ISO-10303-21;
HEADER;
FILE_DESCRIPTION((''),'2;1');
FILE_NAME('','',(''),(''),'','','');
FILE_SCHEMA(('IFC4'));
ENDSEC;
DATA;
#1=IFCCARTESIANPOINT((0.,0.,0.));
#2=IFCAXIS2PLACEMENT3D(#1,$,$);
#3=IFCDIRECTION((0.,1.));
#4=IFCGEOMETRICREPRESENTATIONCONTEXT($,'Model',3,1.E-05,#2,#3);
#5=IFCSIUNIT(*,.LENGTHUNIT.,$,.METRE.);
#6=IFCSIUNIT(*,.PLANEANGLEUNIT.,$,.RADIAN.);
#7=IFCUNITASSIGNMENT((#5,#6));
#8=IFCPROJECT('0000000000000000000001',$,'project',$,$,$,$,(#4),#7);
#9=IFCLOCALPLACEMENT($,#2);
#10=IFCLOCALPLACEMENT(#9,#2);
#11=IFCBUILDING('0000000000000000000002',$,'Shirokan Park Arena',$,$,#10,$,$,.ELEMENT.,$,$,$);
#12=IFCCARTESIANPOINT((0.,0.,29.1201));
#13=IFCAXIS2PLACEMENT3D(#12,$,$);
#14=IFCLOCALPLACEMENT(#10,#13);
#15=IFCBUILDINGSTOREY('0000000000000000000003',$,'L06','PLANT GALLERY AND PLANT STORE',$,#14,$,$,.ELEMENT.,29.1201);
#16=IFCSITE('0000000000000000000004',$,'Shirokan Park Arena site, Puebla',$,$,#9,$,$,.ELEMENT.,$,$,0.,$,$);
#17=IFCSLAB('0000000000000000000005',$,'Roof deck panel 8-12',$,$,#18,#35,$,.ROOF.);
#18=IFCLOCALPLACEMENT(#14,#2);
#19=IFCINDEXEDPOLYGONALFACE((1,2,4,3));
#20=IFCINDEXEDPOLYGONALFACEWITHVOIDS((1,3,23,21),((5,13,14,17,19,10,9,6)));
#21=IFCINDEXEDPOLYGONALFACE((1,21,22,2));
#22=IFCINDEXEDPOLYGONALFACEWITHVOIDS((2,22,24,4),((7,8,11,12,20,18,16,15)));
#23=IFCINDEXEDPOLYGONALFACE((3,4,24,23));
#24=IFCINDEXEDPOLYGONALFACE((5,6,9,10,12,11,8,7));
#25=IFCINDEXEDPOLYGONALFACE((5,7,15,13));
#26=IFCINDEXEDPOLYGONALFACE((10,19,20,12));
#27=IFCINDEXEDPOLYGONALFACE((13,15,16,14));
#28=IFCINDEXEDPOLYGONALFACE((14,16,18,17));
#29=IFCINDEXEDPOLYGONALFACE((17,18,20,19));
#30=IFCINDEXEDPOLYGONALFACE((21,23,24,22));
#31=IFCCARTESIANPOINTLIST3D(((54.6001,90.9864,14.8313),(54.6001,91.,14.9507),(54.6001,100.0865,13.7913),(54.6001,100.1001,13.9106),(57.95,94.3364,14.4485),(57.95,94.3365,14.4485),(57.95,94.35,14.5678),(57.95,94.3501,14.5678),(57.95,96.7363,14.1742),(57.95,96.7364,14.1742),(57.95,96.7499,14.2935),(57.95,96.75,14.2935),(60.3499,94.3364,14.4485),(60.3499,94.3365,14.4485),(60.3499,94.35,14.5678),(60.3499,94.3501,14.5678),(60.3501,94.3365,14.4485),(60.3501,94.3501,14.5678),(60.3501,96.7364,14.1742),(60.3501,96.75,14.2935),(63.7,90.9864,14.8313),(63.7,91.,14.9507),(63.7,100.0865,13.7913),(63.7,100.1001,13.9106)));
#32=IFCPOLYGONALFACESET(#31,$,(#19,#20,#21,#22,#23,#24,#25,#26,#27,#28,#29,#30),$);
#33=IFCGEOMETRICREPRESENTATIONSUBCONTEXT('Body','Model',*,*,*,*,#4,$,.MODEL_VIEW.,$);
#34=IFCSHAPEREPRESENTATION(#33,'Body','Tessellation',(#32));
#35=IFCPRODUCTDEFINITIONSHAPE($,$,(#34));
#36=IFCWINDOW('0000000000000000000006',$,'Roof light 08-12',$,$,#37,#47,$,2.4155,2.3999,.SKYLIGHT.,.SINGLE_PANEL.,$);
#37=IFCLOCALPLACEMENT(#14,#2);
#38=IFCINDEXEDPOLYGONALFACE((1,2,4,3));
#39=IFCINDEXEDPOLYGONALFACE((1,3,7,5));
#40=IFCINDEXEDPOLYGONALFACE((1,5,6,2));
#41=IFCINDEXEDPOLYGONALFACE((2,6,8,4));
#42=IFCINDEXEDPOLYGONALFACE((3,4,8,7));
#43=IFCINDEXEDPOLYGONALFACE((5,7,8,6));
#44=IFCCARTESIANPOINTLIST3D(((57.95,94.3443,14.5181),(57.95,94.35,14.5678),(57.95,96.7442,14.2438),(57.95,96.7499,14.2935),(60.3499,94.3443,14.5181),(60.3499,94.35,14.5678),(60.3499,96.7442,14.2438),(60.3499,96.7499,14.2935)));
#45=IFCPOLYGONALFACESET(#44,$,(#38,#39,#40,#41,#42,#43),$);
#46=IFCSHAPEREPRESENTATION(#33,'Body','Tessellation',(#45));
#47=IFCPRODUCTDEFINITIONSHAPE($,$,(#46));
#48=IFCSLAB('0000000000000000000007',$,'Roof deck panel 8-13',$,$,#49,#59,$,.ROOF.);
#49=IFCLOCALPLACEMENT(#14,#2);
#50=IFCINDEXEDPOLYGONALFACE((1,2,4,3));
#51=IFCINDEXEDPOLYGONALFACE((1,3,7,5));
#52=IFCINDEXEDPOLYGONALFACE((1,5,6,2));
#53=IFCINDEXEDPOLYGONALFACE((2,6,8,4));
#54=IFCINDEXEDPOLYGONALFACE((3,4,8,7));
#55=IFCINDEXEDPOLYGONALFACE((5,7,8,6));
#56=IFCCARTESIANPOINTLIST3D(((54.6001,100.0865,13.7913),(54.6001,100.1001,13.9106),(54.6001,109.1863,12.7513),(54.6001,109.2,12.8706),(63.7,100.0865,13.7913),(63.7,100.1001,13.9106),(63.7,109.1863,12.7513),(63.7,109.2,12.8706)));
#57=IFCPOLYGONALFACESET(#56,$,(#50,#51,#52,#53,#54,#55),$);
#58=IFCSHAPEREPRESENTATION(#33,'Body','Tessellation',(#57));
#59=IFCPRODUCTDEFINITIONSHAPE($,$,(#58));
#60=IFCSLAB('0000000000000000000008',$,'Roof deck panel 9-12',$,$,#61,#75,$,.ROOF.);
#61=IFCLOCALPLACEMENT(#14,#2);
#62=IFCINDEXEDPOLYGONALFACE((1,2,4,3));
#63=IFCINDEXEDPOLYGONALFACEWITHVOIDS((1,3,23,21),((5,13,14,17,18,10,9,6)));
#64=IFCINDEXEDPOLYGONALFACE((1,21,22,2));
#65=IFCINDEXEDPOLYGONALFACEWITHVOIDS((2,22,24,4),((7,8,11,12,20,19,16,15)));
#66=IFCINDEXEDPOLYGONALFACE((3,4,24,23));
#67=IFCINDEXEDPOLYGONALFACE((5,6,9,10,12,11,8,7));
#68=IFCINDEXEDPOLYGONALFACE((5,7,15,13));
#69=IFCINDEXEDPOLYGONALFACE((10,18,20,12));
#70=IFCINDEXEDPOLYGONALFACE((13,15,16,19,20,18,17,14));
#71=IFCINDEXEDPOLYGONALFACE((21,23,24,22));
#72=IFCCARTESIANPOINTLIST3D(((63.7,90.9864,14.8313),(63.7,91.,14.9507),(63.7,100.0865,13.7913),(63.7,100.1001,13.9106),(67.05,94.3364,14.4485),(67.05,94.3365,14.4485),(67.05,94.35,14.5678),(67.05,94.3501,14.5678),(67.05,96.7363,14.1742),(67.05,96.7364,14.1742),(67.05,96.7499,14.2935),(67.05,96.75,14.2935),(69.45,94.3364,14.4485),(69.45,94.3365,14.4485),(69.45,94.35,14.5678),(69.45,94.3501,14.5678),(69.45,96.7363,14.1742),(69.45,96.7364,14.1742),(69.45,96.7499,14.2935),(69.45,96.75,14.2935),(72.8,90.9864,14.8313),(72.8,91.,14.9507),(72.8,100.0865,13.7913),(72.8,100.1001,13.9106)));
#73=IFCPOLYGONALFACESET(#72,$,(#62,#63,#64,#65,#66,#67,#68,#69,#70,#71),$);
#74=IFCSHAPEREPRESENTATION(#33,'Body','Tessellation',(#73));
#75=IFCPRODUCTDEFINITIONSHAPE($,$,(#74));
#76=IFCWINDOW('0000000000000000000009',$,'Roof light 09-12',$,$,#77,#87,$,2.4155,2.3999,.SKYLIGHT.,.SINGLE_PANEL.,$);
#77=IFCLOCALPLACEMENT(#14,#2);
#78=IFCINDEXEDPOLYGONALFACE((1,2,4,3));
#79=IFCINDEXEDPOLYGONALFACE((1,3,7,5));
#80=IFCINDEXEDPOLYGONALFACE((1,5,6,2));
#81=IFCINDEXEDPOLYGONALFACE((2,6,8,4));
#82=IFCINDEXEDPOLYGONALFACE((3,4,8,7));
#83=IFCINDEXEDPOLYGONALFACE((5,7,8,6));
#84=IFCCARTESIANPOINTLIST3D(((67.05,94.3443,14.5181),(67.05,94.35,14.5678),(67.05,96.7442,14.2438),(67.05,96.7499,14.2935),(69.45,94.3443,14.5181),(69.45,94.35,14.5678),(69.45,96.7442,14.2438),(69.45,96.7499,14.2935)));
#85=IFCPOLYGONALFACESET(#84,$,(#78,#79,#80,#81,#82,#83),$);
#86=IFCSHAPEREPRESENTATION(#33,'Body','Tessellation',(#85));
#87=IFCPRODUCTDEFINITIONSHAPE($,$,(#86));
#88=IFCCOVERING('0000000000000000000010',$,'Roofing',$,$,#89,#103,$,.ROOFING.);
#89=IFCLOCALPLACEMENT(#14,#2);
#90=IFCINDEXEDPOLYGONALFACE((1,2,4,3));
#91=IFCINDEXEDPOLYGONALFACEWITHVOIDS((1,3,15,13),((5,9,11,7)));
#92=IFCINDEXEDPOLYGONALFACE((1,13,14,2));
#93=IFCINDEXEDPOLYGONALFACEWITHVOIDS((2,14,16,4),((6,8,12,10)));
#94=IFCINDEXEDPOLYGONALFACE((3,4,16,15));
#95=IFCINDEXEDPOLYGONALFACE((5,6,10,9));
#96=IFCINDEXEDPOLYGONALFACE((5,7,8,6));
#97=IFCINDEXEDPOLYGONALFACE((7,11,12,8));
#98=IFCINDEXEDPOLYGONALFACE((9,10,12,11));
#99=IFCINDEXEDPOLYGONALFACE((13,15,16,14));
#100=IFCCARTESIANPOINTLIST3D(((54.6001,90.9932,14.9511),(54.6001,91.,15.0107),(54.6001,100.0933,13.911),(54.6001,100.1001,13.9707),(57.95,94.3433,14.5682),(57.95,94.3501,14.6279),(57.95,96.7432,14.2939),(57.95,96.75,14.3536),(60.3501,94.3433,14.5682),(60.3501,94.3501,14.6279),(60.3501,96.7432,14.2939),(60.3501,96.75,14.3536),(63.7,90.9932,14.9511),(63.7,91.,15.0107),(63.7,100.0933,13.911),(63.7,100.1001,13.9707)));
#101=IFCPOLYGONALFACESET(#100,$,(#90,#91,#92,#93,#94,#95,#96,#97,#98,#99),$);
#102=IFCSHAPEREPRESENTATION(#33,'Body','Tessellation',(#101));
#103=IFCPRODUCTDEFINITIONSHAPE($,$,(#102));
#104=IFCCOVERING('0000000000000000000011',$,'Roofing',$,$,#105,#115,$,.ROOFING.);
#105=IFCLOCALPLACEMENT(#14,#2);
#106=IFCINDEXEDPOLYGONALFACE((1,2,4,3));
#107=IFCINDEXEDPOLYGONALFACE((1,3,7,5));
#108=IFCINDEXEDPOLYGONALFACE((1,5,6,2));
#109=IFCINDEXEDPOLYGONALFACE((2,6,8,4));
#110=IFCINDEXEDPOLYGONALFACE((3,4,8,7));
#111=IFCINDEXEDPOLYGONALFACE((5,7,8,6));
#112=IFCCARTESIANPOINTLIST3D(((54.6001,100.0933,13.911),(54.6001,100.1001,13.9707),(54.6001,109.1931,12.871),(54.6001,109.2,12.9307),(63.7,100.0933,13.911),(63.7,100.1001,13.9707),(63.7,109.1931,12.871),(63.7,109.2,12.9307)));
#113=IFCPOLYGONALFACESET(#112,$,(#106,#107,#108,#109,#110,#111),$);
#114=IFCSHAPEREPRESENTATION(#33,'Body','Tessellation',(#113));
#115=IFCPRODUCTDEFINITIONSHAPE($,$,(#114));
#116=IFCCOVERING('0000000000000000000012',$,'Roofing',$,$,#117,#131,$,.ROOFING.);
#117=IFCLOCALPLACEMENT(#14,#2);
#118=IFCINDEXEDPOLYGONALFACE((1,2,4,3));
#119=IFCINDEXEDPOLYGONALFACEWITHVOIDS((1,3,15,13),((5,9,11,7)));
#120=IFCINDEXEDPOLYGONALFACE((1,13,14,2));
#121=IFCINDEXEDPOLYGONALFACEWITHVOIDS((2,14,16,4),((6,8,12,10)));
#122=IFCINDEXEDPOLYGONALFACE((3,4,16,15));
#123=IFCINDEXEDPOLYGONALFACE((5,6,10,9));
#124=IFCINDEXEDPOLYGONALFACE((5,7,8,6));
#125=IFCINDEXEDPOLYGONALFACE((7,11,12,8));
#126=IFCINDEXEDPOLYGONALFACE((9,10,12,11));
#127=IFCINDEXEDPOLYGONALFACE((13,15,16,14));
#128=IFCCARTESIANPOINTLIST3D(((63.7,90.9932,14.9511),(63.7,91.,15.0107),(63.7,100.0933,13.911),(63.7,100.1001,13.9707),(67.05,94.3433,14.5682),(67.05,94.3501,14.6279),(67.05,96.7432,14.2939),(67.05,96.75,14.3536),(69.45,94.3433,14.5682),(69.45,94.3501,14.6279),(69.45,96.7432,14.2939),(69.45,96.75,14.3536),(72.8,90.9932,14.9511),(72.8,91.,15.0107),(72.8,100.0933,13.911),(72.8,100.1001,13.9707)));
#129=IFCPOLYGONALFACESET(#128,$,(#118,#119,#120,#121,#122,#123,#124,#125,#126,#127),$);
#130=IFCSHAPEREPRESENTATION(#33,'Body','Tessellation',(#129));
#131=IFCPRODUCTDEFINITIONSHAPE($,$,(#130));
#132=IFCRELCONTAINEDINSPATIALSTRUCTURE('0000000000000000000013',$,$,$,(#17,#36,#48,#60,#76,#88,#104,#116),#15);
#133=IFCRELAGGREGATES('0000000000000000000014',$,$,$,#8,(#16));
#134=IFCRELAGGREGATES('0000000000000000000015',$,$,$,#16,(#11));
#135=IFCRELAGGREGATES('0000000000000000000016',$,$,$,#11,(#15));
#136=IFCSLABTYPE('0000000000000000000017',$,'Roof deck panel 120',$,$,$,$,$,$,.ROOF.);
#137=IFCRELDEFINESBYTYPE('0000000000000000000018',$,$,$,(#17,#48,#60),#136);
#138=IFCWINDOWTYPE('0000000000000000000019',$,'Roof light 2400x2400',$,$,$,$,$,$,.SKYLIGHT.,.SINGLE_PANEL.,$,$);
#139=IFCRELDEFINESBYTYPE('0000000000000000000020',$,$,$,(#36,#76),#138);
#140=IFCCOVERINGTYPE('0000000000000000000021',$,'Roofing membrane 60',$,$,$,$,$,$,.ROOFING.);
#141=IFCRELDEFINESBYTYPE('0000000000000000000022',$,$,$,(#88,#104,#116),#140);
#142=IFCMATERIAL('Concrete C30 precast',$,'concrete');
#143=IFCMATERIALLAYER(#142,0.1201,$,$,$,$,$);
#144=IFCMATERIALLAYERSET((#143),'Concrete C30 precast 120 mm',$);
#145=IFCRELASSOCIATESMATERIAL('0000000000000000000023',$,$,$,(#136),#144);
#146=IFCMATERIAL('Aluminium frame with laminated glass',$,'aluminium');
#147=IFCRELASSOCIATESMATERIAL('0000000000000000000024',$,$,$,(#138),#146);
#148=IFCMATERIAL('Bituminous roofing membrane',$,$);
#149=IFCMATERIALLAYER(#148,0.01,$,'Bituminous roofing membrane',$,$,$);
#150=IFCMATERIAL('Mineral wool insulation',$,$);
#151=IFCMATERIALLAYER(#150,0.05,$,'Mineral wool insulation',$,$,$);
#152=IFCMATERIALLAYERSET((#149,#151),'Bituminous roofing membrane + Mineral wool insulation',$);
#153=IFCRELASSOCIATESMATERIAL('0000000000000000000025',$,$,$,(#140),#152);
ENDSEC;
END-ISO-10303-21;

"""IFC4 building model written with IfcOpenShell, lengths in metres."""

from ifc_helpers import new_model, si_unit, direction, frame, origin, origin_2d, place, context, subcontext, project, spatial, polyline, rectangle, outline, extrude, material, layer, layer_set, type_object, element, fill, save


model = new_model("IFC4")

# Units and contexts
model_context = context("Model", 3, precision=1e-05, world=origin(), true_north=direction((0.0, 1.0)))
body_context = subcontext(model_context, "Body", "Model", "MODEL_VIEW")
ifc_project = project(units=[si_unit("LENGTHUNIT", "METRE"), si_unit("PLANEANGLEUNIT", "RADIAN")], contexts=[model_context])

# Site, building, storey
site_placement = place(None, origin())
site = spatial("IfcSite", under=ifc_project, at=site_placement, Name="Shirokan Park Arena site, Puebla", CompositionType="ELEMENT", RefElevation=0.0)
building_placement = place(site_placement, origin())
building = spatial("IfcBuilding", under=site, at=building_placement, Name="Shirokan Park Arena", CompositionType="ELEMENT")
storey_placement = place(building_placement, frame((0.0, 0.0, 29.1201)))
storey = spatial("IfcBuildingStorey", under=building, at=storey_placement, Name="L06", Description="PLANT GALLERY AND PLANT STORE", CompositionType="ELEMENT", Elevation=29.1201)

# Slab, opening, window
ifc_material_1 = material(Name="Concrete C30 precast", Category="concrete")
ifc_layer_1 = layer(ifc_material_1, 0.1201)
ifc_layer_set_1 = layer_set([ifc_layer_1], Name="Concrete C30 precast 120 mm")
slab_type = type_object("IfcSlabType", Name="Roof deck panel 120", PredefinedType="ROOF", material=ifc_layer_set_1)
slab_1_placement = place(storey_placement, frame((54.6001, 91.0, 14.9507), z_axis=(0.0, 0.11355, 0.993532), x_axis=(1.0, 0.0, 0.0)))
slab_1 = element("IfcSlab", 1, at=slab_1_placement, inside=storey, type_object=slab_type, Name="Roof deck panel 8-12", PredefinedType="ROOF", context=body_context, shape_type="SweptSolid", body=[
    extrude(outline(polyline([(0.0, 0.0), (9.0999, 0.0), (9.0999, 9.1593), (0.0, 9.1593), (0.0, 0.0)]), holes=[polyline([(3.3499, 3.3719), (5.75, 3.3719), (5.75, 5.7874), (3.3499, 5.7874), (3.3499, 3.3719)])]), origin(), (0.0, 0.0, -1.0), 0.1201),
])
opening_1_placement = place(slab_1_placement, frame((4.5498, 4.5796, 0.01)))
opening_1 = element("IfcOpeningElement", 2, at=opening_1_placement, cuts=slab_1, PredefinedType="OPENING", context=body_context, shape_type="SweptSolid", body=[
    extrude(rectangle(XDim=2.3999, YDim=2.4155, at=origin_2d()), origin(), (0.0, 0.0, -1.0), 0.1399),
])
ifc_material_2 = material(Name="Aluminium frame with laminated glass", Category="aluminium")
window_type = type_object("IfcWindowType", Name="Roof light 2400x2400", PartitioningType="SINGLE_PANEL", PredefinedType="SKYLIGHT", material=ifc_material_2)
window_1_placement = place(opening_1_placement, frame((0.0, 0.0, -0.0601)))
window_1 = element("IfcWindow", 3, at=window_1_placement, inside=storey, type_object=window_type, Name="Roof light 08-12", OverallHeight=2.4155, OverallWidth=2.3999, PartitioningType="SINGLE_PANEL", PredefinedType="SKYLIGHT", context=body_context, shape_type="SweptSolid", body=[
    extrude(rectangle(XDim=2.3999, YDim=2.4155, at=origin_2d()), origin(), (0.0, 0.0, 1.0), 0.05),
])
fill(opening_1, window_1)

# Slab
slab_2_placement = place(storey_placement, frame((54.6001, 100.1001, 13.9106), z_axis=(0.0, 0.113553, 0.993532), x_axis=(1.0, 0.0, 0.0)))
element("IfcSlab", 4, at=slab_2_placement, inside=storey, type_object=slab_type, Name="Roof deck panel 8-13", PredefinedType="ROOF", context=body_context, shape_type="SweptSolid", body=[
    extrude(outline(polyline([(0.0, 0.0), (9.0999, 0.0), (9.0999, 9.1591), (0.0, 9.1591), (0.0, 0.0)])), origin(), (0.0, 0.0, -1.0), 0.1201),
])

# Slab, opening, window
slab_3_placement = place(storey_placement, frame((63.7, 91.0, 14.9507), z_axis=(0.0, 0.11355, 0.993532), x_axis=(1.0, 0.0, 0.0)))
slab_3 = element("IfcSlab", 5, at=slab_3_placement, inside=storey, type_object=slab_type, Name="Roof deck panel 9-12", PredefinedType="ROOF", context=body_context, shape_type="SweptSolid", body=[
    extrude(outline(polyline([(0.0, 0.0), (9.1001, 0.0), (9.1001, 9.1593), (0.0, 9.1593), (0.0, 0.0)]), holes=[polyline([(3.3501, 3.3719), (5.75, 3.3719), (5.75, 5.7874), (3.3501, 5.7874), (3.3501, 3.3719)])]), origin(), (0.0, 0.0, -1.0), 0.1201),
])
opening_2_placement = place(slab_3_placement, frame((4.55, 4.5796, 0.01)))
opening_2 = element("IfcOpeningElement", 6, at=opening_2_placement, cuts=slab_3, PredefinedType="OPENING", context=body_context, shape_type="SweptSolid", body=[
    extrude(rectangle(XDim=2.3999, YDim=2.4155, at=origin_2d()), origin(), (0.0, 0.0, -1.0), 0.1399),
])
window_2_placement = place(opening_2_placement, frame((0.0, 0.0, -0.0601)))
window_2 = element("IfcWindow", 7, at=window_2_placement, inside=storey, type_object=window_type, Name="Roof light 09-12", OverallHeight=2.4155, OverallWidth=2.3999, PartitioningType="SINGLE_PANEL", PredefinedType="SKYLIGHT", context=body_context, shape_type="SweptSolid", body=[
    extrude(rectangle(XDim=2.3999, YDim=2.4155, at=origin_2d()), origin(), (0.0, 0.0, 1.0), 0.05),
])
fill(opening_2, window_2)

# Coverings
ifc_material_3 = material(Name="Bituminous roofing membrane")
ifc_layer_2 = layer(ifc_material_3, 0.01, Name="Bituminous roofing membrane")
ifc_material_4 = material(Name="Mineral wool insulation")
ifc_layer_3 = layer(ifc_material_4, 0.05, Name="Mineral wool insulation")
ifc_layer_set_2 = layer_set([ifc_layer_2, ifc_layer_3], Name="Bituminous roofing membrane + Mineral wool insulation")
covering_type = type_object("IfcCoveringType", Name="Roofing membrane 60", PredefinedType="ROOFING", material=ifc_layer_set_2)
covering_1_placement = place(storey_placement, frame((54.6001, 91.0, 15.0107), z_axis=(0.0, 0.11355, 0.993532), x_axis=(1.0, 0.0, 0.0)))
element("IfcCovering", 8, at=covering_1_placement, inside=storey, type_object=covering_type, Name="Roofing", PredefinedType="ROOFING", context=body_context, shape_type="SweptSolid", body=[
    extrude(outline(polyline([(0.0, 0.0), (9.0999, 0.0), (9.0999, 9.1593), (0.0, 9.1593), (0.0, 0.0)]), holes=[polyline([(5.75, 3.3719), (5.75, 5.7874), (3.3499, 5.7874), (3.3499, 3.3719), (5.75, 3.3719)])]), origin(), (0.0, 0.0, -1.0), 0.0601),
])
covering_2_placement = place(storey_placement, frame((54.6001, 100.1001, 13.9707), z_axis=(0.0, 0.113553, 0.993532), x_axis=(1.0, 0.0, 0.0)))
element("IfcCovering", 9, at=covering_2_placement, inside=storey, type_object=covering_type, Name="Roofing", PredefinedType="ROOFING", context=body_context, shape_type="SweptSolid", body=[
    extrude(outline(polyline([(0.0, 0.0), (9.0999, 0.0), (9.0999, 9.1591), (0.0, 9.1591), (0.0, 0.0)])), origin(), (0.0, 0.0, -1.0), 0.0601),
])
covering_3_placement = place(storey_placement, frame((63.7, 91.0, 15.0107), z_axis=(0.0, 0.11355, 0.993532), x_axis=(1.0, 0.0, 0.0)))
element("IfcCovering", 10, at=covering_3_placement, inside=storey, type_object=covering_type, Name="Roofing", PredefinedType="ROOFING", context=body_context, shape_type="SweptSolid", body=[
    extrude(outline(polyline([(0.0, 0.0), (9.1001, 0.0), (9.1001, 9.1593), (0.0, 9.1593), (0.0, 0.0)]), holes=[polyline([(5.75, 3.3719), (5.75, 5.7874), (3.3501, 5.7874), (3.3501, 3.3719), (5.75, 3.3719)])]), origin(), (0.0, 0.0, -1.0), 0.0601),
])

save(model, "model.ifc")
